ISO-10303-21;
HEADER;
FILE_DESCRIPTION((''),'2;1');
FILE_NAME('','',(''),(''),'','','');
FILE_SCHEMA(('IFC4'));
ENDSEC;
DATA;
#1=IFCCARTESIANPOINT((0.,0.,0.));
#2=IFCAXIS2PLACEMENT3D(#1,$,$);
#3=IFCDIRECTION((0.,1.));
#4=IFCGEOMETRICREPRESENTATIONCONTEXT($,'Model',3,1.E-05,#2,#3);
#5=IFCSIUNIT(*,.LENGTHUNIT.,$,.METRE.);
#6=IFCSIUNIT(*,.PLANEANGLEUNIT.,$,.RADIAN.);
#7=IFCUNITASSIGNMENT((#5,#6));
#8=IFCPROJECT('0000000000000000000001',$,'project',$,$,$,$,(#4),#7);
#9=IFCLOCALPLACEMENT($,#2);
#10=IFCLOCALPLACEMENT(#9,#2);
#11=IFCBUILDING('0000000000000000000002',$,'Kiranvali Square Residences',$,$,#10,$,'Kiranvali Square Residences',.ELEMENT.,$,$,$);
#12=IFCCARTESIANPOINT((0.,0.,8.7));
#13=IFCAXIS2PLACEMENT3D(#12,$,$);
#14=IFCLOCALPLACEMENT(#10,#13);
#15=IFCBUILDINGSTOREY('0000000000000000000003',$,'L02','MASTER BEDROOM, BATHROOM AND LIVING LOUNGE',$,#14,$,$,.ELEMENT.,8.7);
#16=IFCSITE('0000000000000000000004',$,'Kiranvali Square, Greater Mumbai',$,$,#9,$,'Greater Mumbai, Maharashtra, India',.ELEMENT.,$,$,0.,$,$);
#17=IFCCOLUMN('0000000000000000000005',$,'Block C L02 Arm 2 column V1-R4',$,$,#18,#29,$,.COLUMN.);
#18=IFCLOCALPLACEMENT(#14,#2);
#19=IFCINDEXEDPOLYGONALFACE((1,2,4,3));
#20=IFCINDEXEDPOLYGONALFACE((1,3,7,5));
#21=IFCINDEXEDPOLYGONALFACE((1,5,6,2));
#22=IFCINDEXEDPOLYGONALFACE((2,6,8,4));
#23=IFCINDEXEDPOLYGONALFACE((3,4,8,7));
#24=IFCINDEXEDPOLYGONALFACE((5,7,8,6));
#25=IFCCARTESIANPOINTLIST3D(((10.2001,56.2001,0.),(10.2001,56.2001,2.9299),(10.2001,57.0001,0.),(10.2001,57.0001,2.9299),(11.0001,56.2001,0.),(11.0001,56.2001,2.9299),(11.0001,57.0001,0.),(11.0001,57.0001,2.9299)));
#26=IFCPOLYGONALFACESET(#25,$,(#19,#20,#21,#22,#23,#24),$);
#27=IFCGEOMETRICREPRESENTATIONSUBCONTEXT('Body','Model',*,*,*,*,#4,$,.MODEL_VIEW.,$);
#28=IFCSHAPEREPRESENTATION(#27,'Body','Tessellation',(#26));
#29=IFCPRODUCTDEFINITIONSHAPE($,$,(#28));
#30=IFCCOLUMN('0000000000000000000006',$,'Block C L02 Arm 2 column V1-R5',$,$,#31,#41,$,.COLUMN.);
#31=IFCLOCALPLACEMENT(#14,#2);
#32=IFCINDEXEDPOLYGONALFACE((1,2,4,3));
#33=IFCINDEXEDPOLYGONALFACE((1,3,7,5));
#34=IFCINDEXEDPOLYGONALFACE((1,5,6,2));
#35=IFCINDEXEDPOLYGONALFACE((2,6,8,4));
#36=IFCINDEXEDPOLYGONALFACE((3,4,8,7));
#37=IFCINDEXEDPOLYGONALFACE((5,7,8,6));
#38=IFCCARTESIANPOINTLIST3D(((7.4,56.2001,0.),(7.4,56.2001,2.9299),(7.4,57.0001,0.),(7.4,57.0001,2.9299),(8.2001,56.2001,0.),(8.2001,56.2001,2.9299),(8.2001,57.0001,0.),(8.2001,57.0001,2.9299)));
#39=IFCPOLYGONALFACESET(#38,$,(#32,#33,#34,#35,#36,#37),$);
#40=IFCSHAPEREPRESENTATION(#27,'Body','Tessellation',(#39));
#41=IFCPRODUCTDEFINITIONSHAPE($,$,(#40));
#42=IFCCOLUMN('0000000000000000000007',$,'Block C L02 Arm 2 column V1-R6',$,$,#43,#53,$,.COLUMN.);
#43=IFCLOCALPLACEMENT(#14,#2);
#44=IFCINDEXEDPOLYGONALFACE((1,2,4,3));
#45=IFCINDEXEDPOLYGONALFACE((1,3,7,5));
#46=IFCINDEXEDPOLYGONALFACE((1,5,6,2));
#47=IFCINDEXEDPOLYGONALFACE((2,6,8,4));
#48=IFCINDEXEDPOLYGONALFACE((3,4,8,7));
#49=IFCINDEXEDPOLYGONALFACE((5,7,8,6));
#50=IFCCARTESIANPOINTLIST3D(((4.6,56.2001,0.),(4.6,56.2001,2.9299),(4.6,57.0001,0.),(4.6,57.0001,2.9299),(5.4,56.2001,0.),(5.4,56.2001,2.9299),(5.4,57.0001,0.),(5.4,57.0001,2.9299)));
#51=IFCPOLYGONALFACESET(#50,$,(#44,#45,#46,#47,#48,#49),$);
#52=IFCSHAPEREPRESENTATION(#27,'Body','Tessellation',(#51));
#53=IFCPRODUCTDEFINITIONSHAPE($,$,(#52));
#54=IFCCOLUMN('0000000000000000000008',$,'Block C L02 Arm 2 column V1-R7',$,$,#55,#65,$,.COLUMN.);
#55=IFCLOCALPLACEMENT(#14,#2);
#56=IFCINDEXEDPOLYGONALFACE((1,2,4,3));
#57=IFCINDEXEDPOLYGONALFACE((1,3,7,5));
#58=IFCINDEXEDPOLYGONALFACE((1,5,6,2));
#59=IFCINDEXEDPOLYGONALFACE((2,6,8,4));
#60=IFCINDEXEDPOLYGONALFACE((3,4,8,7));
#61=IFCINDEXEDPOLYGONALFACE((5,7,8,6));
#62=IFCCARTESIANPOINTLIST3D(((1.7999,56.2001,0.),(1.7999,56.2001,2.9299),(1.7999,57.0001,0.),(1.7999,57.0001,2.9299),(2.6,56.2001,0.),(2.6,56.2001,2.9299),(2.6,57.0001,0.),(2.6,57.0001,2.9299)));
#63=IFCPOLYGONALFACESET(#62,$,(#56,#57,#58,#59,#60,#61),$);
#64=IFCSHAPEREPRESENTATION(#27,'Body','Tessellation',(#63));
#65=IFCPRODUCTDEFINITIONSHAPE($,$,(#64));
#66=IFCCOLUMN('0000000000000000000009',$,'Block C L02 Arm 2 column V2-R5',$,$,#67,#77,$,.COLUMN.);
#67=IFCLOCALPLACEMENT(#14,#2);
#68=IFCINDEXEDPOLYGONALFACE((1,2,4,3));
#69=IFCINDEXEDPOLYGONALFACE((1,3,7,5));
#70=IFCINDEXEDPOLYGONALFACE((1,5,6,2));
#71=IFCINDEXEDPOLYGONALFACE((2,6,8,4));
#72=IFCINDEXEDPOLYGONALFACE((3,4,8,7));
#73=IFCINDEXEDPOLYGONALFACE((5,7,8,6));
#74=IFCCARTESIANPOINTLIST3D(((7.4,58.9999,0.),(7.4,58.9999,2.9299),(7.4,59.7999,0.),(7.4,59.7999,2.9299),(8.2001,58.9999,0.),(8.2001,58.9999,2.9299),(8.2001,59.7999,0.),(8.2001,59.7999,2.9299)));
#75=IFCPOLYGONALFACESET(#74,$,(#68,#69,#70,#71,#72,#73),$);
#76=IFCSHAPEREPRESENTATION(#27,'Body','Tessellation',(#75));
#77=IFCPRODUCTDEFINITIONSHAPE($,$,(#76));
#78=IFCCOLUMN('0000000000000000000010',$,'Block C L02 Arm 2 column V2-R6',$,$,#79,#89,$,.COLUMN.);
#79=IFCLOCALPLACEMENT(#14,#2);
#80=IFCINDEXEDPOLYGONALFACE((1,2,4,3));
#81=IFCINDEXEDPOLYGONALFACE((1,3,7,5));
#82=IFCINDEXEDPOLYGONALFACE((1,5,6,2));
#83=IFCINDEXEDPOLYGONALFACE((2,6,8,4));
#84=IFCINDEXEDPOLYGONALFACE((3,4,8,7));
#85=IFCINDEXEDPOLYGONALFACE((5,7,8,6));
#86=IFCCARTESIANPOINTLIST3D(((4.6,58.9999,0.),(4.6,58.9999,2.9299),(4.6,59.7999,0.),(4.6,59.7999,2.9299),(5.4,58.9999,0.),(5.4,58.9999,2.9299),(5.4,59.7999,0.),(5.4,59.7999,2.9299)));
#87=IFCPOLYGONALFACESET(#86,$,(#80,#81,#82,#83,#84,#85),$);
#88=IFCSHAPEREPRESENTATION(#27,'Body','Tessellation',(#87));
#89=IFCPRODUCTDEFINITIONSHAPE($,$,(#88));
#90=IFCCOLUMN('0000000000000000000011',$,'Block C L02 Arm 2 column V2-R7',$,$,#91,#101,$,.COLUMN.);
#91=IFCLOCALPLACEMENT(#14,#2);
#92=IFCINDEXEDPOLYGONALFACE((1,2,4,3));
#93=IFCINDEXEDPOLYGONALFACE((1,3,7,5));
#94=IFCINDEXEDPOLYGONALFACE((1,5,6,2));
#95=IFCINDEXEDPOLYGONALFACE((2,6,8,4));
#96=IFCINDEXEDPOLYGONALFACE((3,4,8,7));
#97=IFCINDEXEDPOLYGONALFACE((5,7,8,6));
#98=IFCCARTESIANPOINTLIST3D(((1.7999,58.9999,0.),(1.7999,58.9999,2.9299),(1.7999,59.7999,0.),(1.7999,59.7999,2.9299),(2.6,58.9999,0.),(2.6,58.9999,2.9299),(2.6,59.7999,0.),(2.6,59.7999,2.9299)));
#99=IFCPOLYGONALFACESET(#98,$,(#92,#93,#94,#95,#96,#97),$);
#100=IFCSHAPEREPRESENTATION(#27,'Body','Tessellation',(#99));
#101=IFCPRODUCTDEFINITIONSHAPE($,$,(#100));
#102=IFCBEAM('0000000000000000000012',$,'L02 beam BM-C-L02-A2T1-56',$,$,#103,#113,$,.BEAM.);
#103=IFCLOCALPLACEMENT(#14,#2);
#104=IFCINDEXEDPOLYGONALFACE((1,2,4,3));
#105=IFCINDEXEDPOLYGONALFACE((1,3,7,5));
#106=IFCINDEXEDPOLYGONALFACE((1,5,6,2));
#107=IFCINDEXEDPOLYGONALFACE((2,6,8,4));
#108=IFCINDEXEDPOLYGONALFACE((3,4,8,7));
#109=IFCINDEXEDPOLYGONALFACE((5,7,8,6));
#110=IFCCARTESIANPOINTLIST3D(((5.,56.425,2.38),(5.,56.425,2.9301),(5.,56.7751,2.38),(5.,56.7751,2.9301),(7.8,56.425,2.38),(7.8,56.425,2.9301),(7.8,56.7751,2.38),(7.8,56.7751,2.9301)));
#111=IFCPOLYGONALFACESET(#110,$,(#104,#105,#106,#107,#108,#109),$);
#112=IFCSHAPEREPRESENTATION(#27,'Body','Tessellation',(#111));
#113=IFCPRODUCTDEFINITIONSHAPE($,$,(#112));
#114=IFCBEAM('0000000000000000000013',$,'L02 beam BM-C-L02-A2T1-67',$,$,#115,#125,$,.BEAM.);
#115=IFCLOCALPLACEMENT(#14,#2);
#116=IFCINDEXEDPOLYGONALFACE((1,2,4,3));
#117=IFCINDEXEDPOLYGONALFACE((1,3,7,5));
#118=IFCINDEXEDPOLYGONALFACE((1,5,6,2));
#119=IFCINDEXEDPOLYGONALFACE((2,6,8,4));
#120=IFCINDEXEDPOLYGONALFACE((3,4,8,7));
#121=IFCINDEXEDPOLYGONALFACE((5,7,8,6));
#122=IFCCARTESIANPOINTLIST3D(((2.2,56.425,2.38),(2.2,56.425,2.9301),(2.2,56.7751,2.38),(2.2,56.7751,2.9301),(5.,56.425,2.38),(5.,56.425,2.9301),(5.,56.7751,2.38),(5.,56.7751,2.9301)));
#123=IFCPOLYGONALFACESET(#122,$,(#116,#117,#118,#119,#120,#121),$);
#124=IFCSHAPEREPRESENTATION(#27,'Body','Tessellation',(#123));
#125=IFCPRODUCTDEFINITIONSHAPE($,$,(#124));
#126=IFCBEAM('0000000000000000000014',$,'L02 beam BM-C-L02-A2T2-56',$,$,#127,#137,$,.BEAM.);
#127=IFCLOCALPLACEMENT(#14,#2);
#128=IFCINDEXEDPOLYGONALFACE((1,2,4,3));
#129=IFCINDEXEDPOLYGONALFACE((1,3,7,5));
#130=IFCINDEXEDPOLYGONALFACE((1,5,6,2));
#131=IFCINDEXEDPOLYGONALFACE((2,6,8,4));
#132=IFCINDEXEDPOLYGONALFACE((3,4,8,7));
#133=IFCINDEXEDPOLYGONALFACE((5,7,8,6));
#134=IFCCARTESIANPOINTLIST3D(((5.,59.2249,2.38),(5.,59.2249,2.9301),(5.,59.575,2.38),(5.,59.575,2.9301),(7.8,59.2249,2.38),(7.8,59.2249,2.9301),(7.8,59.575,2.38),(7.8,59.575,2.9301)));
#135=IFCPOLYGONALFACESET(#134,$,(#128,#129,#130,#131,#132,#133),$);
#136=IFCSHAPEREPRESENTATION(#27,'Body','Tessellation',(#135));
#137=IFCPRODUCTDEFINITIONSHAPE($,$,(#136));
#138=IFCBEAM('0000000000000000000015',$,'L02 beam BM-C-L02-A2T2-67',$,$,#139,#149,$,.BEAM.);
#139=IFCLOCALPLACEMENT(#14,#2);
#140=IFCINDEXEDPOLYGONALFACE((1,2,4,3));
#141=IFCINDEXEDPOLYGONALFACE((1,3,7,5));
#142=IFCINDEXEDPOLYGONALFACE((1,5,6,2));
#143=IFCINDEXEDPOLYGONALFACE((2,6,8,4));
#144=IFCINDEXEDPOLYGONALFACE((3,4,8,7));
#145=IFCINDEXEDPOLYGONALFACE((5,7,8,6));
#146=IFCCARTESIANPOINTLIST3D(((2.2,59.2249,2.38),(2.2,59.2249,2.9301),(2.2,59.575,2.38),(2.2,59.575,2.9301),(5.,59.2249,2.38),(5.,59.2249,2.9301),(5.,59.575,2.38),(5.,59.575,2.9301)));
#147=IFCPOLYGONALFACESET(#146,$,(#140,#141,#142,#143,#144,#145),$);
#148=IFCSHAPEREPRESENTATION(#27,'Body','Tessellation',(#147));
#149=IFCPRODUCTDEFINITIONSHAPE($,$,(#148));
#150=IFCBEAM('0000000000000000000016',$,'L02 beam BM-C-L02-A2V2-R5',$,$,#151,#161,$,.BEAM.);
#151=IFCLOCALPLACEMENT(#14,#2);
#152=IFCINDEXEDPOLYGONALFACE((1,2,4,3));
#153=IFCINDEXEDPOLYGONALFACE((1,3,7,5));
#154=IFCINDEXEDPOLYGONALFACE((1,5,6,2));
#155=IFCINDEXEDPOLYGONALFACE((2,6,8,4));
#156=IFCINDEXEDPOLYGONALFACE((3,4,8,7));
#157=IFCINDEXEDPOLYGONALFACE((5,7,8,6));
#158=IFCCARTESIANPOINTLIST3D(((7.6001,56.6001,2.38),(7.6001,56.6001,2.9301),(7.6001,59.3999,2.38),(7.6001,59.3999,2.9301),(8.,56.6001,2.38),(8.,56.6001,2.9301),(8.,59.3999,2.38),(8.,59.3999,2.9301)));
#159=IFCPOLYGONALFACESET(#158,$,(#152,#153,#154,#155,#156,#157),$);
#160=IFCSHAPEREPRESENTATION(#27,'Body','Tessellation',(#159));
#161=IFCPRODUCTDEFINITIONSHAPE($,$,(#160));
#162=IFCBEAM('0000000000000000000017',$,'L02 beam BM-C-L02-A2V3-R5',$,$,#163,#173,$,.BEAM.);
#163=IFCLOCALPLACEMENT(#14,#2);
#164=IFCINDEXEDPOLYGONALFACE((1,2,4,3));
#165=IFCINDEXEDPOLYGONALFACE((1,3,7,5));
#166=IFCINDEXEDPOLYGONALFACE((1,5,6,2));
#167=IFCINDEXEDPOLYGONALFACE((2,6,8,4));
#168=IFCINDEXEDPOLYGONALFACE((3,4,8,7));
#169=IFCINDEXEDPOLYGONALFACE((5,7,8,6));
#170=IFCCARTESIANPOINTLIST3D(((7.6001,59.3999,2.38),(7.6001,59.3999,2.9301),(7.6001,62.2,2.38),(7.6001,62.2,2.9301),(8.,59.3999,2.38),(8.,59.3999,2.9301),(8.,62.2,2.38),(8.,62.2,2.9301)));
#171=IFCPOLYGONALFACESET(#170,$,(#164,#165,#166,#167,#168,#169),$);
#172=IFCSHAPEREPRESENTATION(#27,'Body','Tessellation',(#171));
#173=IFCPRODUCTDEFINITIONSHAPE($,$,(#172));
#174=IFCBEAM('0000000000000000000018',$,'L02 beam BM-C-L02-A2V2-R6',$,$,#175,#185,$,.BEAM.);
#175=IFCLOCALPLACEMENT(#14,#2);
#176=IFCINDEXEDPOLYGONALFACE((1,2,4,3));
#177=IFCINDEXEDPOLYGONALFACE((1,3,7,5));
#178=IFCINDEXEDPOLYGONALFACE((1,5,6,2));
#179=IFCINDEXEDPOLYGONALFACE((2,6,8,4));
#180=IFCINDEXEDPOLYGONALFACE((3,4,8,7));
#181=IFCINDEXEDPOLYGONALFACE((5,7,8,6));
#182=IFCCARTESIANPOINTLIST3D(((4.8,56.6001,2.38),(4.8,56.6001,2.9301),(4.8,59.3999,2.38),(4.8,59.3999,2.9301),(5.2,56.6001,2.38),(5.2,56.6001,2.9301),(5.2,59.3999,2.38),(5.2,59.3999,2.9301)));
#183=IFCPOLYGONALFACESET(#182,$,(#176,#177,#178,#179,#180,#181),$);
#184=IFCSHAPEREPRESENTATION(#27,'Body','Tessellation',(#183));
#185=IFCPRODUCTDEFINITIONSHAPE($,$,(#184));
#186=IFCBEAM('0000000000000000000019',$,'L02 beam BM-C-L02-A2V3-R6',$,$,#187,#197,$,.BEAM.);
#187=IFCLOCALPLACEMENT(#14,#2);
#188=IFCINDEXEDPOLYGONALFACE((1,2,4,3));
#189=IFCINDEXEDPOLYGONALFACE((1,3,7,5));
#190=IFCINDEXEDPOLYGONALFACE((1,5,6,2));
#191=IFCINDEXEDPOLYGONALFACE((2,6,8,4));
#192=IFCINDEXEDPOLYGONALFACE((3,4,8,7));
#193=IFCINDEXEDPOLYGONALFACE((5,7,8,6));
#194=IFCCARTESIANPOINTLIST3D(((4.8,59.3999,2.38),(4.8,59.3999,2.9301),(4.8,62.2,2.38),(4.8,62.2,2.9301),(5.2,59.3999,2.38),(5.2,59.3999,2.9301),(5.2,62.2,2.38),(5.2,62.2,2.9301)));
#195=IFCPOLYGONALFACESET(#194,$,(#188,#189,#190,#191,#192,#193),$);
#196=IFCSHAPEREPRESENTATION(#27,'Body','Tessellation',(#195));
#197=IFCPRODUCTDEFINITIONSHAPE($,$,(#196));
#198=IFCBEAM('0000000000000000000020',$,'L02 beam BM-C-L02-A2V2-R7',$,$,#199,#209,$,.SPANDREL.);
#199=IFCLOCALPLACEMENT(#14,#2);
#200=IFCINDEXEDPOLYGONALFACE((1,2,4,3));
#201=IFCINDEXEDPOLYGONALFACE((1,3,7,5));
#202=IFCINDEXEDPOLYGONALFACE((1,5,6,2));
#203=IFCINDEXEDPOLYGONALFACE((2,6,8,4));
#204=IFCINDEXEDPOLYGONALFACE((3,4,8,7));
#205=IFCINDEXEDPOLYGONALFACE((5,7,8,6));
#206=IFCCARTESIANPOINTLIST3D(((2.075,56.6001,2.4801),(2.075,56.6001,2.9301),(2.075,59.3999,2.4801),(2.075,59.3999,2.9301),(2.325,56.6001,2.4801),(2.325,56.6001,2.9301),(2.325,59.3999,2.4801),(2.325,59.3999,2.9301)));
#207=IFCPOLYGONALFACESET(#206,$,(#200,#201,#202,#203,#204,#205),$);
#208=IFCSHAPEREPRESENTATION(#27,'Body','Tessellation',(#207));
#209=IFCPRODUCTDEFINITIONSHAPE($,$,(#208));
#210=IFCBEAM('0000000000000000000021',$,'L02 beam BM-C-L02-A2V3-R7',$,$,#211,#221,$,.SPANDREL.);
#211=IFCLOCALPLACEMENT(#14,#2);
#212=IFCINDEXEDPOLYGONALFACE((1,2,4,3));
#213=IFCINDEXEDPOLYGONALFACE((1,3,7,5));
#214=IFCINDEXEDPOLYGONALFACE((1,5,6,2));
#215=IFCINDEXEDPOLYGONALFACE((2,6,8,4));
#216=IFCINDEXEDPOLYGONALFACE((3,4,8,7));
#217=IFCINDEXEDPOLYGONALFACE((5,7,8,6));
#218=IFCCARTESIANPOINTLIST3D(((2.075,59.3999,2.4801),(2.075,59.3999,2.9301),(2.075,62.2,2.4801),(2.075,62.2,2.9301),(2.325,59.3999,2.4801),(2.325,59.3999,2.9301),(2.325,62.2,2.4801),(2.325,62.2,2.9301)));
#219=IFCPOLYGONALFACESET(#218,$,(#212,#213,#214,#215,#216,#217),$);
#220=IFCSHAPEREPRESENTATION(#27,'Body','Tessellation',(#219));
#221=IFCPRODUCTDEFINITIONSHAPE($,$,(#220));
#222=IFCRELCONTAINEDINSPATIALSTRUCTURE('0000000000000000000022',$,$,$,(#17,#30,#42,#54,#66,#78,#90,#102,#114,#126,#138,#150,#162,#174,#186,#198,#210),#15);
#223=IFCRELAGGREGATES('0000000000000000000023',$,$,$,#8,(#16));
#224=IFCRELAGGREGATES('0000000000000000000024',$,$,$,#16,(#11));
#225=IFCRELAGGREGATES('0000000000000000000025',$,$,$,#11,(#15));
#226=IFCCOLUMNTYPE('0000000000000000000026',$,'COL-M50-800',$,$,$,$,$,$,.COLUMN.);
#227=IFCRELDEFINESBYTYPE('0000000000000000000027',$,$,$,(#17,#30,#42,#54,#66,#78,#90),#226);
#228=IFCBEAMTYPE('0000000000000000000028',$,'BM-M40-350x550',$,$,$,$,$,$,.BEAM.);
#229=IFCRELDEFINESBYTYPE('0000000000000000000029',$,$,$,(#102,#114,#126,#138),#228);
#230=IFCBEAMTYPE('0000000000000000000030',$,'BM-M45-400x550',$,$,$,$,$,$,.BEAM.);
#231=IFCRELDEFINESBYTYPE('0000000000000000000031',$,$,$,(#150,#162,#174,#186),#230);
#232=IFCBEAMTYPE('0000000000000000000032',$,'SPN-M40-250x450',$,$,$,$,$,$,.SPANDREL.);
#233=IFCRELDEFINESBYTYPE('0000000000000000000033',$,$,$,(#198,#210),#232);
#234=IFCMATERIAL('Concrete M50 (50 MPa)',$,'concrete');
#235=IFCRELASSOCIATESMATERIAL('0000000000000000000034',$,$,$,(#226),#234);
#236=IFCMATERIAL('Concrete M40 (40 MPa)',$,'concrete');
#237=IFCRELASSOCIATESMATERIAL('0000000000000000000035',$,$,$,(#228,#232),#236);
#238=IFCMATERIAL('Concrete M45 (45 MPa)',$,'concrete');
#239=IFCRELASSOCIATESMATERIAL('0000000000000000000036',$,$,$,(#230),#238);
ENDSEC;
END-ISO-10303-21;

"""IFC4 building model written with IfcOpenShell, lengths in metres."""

from ifc_helpers import new_model, si_unit, direction, frame, origin, origin_2d, place, context, subcontext, project, spatial, rectangle, extrude, material, material_profile, profile_set, type_object, element, save


model = new_model("IFC4")

# Units and contexts
model_context = context("Model", 3, precision=1e-05, world=origin(), true_north=direction((0.0, 1.0)))
body_context = subcontext(model_context, "Body", "Model", "MODEL_VIEW")
ifc_project = project(units=[si_unit("LENGTHUNIT", "METRE"), si_unit("PLANEANGLEUNIT", "RADIAN")], contexts=[model_context])

# Site, building, storey
site_placement = place(None, origin())
site = spatial("IfcSite", under=ifc_project, at=site_placement, Name="Kiranvali Square, Greater Mumbai", LongName="Greater Mumbai, Maharashtra, India", CompositionType="ELEMENT", RefElevation=0.0)
building_placement = place(site_placement, origin())
building = spatial("IfcBuilding", under=site, at=building_placement, Name="Kiranvali Square Residences", LongName="Kiranvali Square Residences", CompositionType="ELEMENT")
storey_placement = place(building_placement, frame((0.0, 0.0, 8.7)))
storey = spatial("IfcBuildingStorey", under=building, at=storey_placement, Name="L02", Description="MASTER BEDROOM, BATHROOM AND LIVING LOUNGE", CompositionType="ELEMENT", Elevation=8.7)

# Columns
ifc_material_1 = material(Name="Concrete M50 (50 MPa)", Category="concrete")
ifc_material_profile_1 = material_profile(ifc_material_1, rectangle(XDim=0.8, YDim=0.8, at=origin_2d()), Name="RC 800x800")
ifc_profile_set_1 = profile_set([ifc_material_profile_1], Name="Concrete M50 (50 MPa)")
column_type = type_object("IfcColumnType", Name="COL-M50-800", PredefinedType="COLUMN", material=ifc_profile_set_1)
for number, where, z_axis, x_axis, name in (
    (1, (10.6001, 56.6001, 0.0), (0.0, 0.0, 1.0), (1.0, 0.0, 0.0), "Block C L02 Arm 2 column V1-R4"),
    (2, (7.8, 56.6001, 0.0), (0.0, 0.0, 1.0), (1.0, 0.0, 0.0), "Block C L02 Arm 2 column V1-R5"),
    (3, (5.0, 56.6001, 0.0), (0.0, 0.0, 1.0), (1.0, 0.0, 0.0), "Block C L02 Arm 2 column V1-R6"),
    (4, (2.2, 56.6001, 0.0), (0.0, 0.0, 1.0), (1.0, 0.0, 0.0), "Block C L02 Arm 2 column V1-R7"),
    (5, (7.8, 59.3999, 0.0), (0.0, 0.0, 1.0), (1.0, 0.0, 0.0), "Block C L02 Arm 2 column V2-R5"),
    (6, (5.0, 59.3999, 0.0), (0.0, 0.0, 1.0), (1.0, 0.0, 0.0), "Block C L02 Arm 2 column V2-R6"),
    (7, (2.2, 59.3999, 0.0), (0.0, 0.0, 1.0), (1.0, 0.0, 0.0), "Block C L02 Arm 2 column V2-R7"),
):
    element("IfcColumn", number, at=place(storey_placement, frame(where, z_axis=z_axis, x_axis=x_axis)), inside=storey, type_object=column_type, Name=name, PredefinedType="COLUMN", context=body_context, shape_type="SweptSolid", body=[
        extrude(rectangle(XDim=0.8, YDim=0.8, at=origin_2d()), origin(), (0.0, 0.0, 1.0), 2.9299),
    ])

# Beams
ifc_material_2 = material(Name="Concrete M40 (40 MPa)", Category="concrete")
ifc_material_profile_2 = material_profile(ifc_material_2, rectangle(XDim=0.3501, YDim=0.55, at=origin_2d()), Name="RC 350x550")
ifc_profile_set_2 = profile_set([ifc_material_profile_2], Name="Concrete M40 (40 MPa)")
beam_type_1 = type_object("IfcBeamType", Name="BM-M40-350x550", PredefinedType="BEAM", material=ifc_profile_set_2)
for number, where, z_axis, x_axis, name in (
    (8, (7.8, 56.6001, 2.655), (-1.0, 0.0, 0.0), (0.0, -1.0, 0.0), "L02 beam BM-C-L02-A2T1-56"),
    (9, (5.0, 56.6001, 2.655), (-1.0, 0.0, 0.0), (0.0, -1.0, 0.0), "L02 beam BM-C-L02-A2T1-67"),
    (10, (7.8, 59.3999, 2.655), (-1.0, 0.0, 0.0), (0.0, -1.0, 0.0), "L02 beam BM-C-L02-A2T2-56"),
    (11, (5.0, 59.3999, 2.655), (-1.0, 0.0, 0.0), (0.0, -1.0, 0.0), "L02 beam BM-C-L02-A2T2-67"),
):
    element("IfcBeam", number, at=place(storey_placement, frame(where, z_axis=z_axis, x_axis=x_axis)), inside=storey, type_object=beam_type_1, Name=name, PredefinedType="BEAM", context=body_context, shape_type="SweptSolid", body=[
        extrude(rectangle(XDim=0.3501, YDim=0.55, at=origin_2d()), origin(), (0.0, 0.0, 1.0), 2.8),
    ])
ifc_material_3 = material(Name="Concrete M45 (45 MPa)", Category="concrete")
ifc_material_profile_3 = material_profile(ifc_material_3, rectangle(XDim=0.3999, YDim=0.55, at=origin_2d()), Name="RC 400x550")
ifc_profile_set_3 = profile_set([ifc_material_profile_3], Name="Concrete M45 (45 MPa)")
beam_type_2 = type_object("IfcBeamType", Name="BM-M45-400x550", PredefinedType="BEAM", material=ifc_profile_set_3)
beam_1_placement = place(storey_placement, frame((7.8, 56.6001, 2.655), z_axis=(0.0, 1.0, 0.0), x_axis=(-1.0, 0.0, 0.0)))
element("IfcBeam", 12, at=beam_1_placement, inside=storey, type_object=beam_type_2, Name="L02 beam BM-C-L02-A2V2-R5", PredefinedType="BEAM", context=body_context, shape_type="SweptSolid", body=[
    extrude(rectangle(XDim=0.3999, YDim=0.55, at=origin_2d()), origin(), (0.0, 0.0, 1.0), 2.7998),
])
beam_2_placement = place(storey_placement, frame((7.8, 59.3999, 2.655), z_axis=(0.0, 1.0, 0.0), x_axis=(-1.0, 0.0, 0.0)))
element("IfcBeam", 13, at=beam_2_placement, inside=storey, type_object=beam_type_2, Name="L02 beam BM-C-L02-A2V3-R5", PredefinedType="BEAM", context=body_context, shape_type="SweptSolid", body=[
    extrude(rectangle(XDim=0.3999, YDim=0.55, at=origin_2d()), origin(), (0.0, 0.0, 1.0), 2.8),
])
beam_3_placement = place(storey_placement, frame((5.0, 56.6001, 2.655), z_axis=(0.0, 1.0, 0.0), x_axis=(-1.0, 0.0, 0.0)))
element("IfcBeam", 14, at=beam_3_placement, inside=storey, type_object=beam_type_2, Name="L02 beam BM-C-L02-A2V2-R6", PredefinedType="BEAM", context=body_context, shape_type="SweptSolid", body=[
    extrude(rectangle(XDim=0.3999, YDim=0.55, at=origin_2d()), origin(), (0.0, 0.0, 1.0), 2.7998),
])
beam_4_placement = place(storey_placement, frame((5.0, 59.3999, 2.655), z_axis=(0.0, 1.0, 0.0), x_axis=(-1.0, 0.0, 0.0)))
element("IfcBeam", 15, at=beam_4_placement, inside=storey, type_object=beam_type_2, Name="L02 beam BM-C-L02-A2V3-R6", PredefinedType="BEAM", context=body_context, shape_type="SweptSolid", body=[
    extrude(rectangle(XDim=0.3999, YDim=0.55, at=origin_2d()), origin(), (0.0, 0.0, 1.0), 2.8),
])
ifc_material_profile_4 = material_profile(ifc_material_2, rectangle(XDim=0.25, YDim=0.45, at=origin_2d()), Name="RC 250x450")
ifc_profile_set_4 = profile_set([ifc_material_profile_4], Name="Concrete M40 (40 MPa)")
beam_type_3 = type_object("IfcBeamType", Name="SPN-M40-250x450", PredefinedType="SPANDREL", material=ifc_profile_set_4)
beam_5_placement = place(storey_placement, frame((2.2, 56.6001, 2.7051), z_axis=(0.0, 1.0, 0.0), x_axis=(-1.0, 0.0, 0.0)))
element("IfcBeam", 16, at=beam_5_placement, inside=storey, type_object=beam_type_3, Name="L02 beam BM-C-L02-A2V2-R7", PredefinedType="SPANDREL", context=body_context, shape_type="SweptSolid", body=[
    extrude(rectangle(XDim=0.25, YDim=0.45, at=origin_2d()), origin(), (0.0, 0.0, 1.0), 2.7998),
])
beam_6_placement = place(storey_placement, frame((2.2, 59.3999, 2.7051), z_axis=(0.0, 1.0, 0.0), x_axis=(-1.0, 0.0, 0.0)))
element("IfcBeam", 17, at=beam_6_placement, inside=storey, type_object=beam_type_3, Name="L02 beam BM-C-L02-A2V3-R7", PredefinedType="SPANDREL", context=body_context, shape_type="SweptSolid", body=[
    extrude(rectangle(XDim=0.25, YDim=0.45, at=origin_2d()), origin(), (0.0, 0.0, 1.0), 2.8),
])

save(model, "model.ifc")
